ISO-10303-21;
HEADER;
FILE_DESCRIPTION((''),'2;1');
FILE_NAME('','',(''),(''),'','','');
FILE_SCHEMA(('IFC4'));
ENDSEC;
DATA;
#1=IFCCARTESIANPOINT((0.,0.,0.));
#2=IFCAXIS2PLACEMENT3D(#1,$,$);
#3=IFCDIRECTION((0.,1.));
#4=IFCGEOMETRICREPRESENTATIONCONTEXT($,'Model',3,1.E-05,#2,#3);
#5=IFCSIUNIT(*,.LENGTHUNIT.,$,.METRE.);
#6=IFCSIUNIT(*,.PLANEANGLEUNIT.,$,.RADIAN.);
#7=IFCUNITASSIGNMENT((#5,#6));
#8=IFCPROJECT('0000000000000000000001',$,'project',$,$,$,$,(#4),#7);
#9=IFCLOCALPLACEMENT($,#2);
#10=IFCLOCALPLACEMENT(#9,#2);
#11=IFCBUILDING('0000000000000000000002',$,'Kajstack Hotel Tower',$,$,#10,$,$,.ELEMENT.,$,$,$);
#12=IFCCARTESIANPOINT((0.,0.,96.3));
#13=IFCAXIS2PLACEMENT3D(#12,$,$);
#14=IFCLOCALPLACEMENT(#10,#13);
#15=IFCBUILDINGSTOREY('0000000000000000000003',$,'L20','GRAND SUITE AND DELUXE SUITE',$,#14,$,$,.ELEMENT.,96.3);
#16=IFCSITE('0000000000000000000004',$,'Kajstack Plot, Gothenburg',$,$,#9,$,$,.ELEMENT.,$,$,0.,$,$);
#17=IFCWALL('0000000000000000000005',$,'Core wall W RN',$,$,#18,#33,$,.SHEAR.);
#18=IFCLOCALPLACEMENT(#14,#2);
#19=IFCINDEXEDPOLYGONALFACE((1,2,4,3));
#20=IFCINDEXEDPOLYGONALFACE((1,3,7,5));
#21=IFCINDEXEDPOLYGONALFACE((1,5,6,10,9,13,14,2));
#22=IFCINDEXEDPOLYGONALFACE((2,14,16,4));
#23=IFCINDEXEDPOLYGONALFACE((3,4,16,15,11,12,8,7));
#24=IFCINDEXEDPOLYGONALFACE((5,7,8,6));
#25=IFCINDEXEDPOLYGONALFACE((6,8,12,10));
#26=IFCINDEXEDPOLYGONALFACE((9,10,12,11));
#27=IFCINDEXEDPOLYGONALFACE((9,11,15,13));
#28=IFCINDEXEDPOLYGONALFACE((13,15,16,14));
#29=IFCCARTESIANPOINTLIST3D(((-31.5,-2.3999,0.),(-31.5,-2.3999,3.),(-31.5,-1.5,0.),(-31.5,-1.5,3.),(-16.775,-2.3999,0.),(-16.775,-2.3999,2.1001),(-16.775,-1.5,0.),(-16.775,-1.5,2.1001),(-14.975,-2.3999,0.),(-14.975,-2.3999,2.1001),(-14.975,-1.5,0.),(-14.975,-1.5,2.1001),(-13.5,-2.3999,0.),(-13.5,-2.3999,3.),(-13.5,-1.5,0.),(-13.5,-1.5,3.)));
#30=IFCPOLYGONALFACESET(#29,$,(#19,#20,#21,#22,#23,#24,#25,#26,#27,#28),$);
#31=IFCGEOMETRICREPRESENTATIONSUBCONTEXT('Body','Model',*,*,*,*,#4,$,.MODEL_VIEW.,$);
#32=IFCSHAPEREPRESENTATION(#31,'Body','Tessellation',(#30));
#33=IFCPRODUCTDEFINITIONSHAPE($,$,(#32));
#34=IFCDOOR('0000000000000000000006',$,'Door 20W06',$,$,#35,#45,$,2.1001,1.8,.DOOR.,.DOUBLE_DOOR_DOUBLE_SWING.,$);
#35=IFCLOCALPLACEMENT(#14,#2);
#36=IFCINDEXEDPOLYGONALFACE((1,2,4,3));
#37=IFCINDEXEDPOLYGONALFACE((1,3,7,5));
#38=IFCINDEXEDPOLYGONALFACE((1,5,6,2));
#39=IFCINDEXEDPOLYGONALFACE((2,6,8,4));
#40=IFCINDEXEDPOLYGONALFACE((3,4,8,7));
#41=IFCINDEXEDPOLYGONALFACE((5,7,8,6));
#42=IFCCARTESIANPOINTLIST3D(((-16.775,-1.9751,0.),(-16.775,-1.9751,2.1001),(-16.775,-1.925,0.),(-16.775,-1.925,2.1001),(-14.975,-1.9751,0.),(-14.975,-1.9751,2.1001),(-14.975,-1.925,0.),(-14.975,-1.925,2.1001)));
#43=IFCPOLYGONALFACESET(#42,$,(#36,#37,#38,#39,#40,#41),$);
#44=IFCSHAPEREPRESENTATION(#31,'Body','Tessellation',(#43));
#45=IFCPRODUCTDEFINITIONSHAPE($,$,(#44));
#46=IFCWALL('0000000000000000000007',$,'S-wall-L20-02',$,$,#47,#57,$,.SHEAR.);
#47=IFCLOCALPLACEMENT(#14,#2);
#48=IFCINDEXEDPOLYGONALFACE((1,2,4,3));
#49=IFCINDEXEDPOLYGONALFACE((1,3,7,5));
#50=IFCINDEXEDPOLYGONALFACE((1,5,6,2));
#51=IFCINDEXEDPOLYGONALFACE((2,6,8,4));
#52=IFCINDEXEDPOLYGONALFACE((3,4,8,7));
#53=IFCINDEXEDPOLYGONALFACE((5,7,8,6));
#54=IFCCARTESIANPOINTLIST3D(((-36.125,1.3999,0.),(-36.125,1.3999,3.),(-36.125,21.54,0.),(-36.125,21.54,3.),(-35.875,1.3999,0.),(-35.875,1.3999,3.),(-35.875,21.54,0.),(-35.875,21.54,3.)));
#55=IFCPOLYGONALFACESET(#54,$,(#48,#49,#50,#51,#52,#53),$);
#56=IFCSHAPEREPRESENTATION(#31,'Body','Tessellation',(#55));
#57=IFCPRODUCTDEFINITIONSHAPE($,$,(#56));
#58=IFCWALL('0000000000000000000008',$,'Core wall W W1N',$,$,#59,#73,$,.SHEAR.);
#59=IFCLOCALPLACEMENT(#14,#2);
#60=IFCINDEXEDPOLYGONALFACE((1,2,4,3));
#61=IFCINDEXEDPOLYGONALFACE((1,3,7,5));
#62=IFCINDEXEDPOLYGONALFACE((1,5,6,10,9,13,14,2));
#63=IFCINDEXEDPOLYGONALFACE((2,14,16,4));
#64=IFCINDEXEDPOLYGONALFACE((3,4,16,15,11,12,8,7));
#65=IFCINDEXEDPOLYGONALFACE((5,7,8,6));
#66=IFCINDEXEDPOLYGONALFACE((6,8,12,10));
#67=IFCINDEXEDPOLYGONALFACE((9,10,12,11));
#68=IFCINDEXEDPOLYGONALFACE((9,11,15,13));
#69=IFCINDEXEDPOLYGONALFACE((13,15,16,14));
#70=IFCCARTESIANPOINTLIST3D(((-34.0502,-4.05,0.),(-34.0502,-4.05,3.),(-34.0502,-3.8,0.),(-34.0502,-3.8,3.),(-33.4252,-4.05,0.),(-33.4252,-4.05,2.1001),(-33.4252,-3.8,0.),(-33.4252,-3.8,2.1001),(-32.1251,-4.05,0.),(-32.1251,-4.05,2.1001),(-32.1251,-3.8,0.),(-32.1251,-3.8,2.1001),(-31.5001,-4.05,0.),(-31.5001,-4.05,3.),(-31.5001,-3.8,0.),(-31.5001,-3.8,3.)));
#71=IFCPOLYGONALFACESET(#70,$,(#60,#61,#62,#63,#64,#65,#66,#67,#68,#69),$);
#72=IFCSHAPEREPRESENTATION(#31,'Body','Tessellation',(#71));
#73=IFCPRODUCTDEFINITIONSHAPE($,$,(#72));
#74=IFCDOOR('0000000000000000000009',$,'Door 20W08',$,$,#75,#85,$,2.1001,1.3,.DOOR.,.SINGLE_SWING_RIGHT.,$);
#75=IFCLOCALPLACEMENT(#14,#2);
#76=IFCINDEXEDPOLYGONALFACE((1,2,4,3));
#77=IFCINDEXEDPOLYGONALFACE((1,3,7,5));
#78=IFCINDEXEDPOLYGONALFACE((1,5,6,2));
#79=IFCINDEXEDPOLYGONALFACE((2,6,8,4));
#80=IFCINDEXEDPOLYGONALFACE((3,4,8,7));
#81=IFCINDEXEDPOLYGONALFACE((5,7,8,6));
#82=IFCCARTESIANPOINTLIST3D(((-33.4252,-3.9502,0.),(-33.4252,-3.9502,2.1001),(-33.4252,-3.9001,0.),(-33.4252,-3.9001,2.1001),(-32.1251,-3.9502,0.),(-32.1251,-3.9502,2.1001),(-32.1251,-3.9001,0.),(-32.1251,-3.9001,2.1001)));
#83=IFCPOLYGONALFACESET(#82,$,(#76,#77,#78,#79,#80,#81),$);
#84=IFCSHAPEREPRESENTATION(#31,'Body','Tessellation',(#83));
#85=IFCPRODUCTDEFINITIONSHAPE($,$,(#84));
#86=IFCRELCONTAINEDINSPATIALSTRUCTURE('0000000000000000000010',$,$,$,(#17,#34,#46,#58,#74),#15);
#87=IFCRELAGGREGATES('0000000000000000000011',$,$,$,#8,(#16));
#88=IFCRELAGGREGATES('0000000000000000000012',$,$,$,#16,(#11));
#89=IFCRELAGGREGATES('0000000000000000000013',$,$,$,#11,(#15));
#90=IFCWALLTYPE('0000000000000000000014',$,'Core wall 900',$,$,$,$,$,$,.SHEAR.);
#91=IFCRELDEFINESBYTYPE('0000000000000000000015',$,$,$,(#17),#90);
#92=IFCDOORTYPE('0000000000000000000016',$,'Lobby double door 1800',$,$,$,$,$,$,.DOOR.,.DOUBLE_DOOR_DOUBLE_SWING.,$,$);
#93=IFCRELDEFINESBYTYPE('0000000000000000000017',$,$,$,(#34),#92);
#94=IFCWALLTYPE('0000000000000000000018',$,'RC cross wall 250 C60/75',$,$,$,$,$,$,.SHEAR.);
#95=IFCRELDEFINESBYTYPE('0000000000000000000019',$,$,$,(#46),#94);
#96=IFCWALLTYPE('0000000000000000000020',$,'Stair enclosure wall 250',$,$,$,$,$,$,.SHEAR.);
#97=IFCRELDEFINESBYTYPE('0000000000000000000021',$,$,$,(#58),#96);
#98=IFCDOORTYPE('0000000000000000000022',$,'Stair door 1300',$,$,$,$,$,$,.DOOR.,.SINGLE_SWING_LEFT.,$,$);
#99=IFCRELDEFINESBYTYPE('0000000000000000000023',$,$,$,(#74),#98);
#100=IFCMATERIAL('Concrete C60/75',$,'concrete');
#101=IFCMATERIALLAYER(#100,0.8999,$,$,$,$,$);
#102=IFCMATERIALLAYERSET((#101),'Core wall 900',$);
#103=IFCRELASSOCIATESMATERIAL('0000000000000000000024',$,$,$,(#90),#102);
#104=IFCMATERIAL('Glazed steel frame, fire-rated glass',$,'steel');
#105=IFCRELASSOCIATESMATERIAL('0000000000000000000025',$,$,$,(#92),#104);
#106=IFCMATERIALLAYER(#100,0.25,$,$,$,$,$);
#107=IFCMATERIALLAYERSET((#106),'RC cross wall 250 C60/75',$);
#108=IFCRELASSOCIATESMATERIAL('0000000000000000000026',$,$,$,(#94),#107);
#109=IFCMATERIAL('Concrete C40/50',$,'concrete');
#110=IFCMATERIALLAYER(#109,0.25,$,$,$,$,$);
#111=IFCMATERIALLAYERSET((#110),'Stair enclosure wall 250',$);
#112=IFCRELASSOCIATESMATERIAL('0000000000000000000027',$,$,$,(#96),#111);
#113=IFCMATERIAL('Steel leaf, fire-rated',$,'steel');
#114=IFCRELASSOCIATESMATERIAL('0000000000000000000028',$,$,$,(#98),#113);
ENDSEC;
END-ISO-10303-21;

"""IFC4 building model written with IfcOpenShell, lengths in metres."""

from ifc_helpers import new_model, si_unit, direction, frame, frame_2d, origin, place, context, subcontext, project, spatial, rectangle, extrude, material, layer, layer_set, type_object, element, fill, save


model = new_model("IFC4")

# Units and contexts
model_context = context("Model", 3, precision=1e-05, world=origin(), true_north=direction((0.0, 1.0)))
body_context = subcontext(model_context, "Body", "Model", "MODEL_VIEW")
ifc_project = project(units=[si_unit("LENGTHUNIT", "METRE"), si_unit("PLANEANGLEUNIT", "RADIAN")], contexts=[model_context])

# Site, building, storey
site_placement = place(None, origin())
site = spatial("IfcSite", under=ifc_project, at=site_placement, Name="Kajstack Plot, Gothenburg", CompositionType="ELEMENT", RefElevation=0.0)
building_placement = place(site_placement, origin())
building = spatial("IfcBuilding", under=site, at=building_placement, Name="Kajstack Hotel Tower", CompositionType="ELEMENT")
storey_placement = place(building_placement, frame((0.0, 0.0, 96.3)))
storey = spatial("IfcBuildingStorey", under=building, at=storey_placement, Name="L20", Description="GRAND SUITE AND DELUXE SUITE", CompositionType="ELEMENT", Elevation=96.3)

# Wall, opening, door
ifc_material_1 = material(Name="Concrete C60/75", Category="concrete")
ifc_layer_1 = layer(ifc_material_1, 0.8999)
ifc_layer_set_1 = layer_set([ifc_layer_1], Name="Core wall 900")
wall_type_1 = type_object("IfcWallType", Name="Core wall 900", PredefinedType="SHEAR", material=ifc_layer_set_1)
wall_1_placement = place(storey_placement, frame((-31.5, -1.95, 0.0), z_axis=(0.0, 0.0, 1.0), x_axis=(1.0, 0.0, 0.0)))
wall_1 = element("IfcWall", 1, at=wall_1_placement, inside=storey, type_object=wall_type_1, Name="Core wall W RN", PredefinedType="SHEAR", context=body_context, shape_type="SweptSolid", body=[
    extrude(rectangle(XDim=18.0, YDim=0.8999, at=frame_2d((9.0, 0.0))), origin(), (0.0, 0.0, 1.0), 3.0),
])
opening_1_placement = place(wall_1_placement, frame((14.7251, 0.0, 0.0)))
opening_1 = element("IfcOpeningElement", 2, at=opening_1_placement, cuts=wall_1, PredefinedType="OPENING", context=body_context, shape_type="SweptSolid", body=[
    extrude(rectangle(XDim=1.8, YDim=2.1001, at=frame_2d((0.8999, 1.05))), frame((0.0, 0.46, 0.0), z_axis=(0.0, -1.0, 0.0), x_axis=(1.0, 0.0, 0.0)), (0.0, 0.0, 1.0), 0.9199),
])
ifc_material_2 = material(Name="Glazed steel frame, fire-rated glass", Category="steel")
door_type_1 = type_object("IfcDoorType", Name="Lobby double door 1800", OperationType="DOUBLE_DOOR_DOUBLE_SWING", PredefinedType="DOOR", material=ifc_material_2)
door_1_placement = place(opening_1_placement, origin())
door_1 = element("IfcDoor", 3, at=door_1_placement, inside=storey, type_object=door_type_1, Name="Door 20W06", OperationType="DOUBLE_DOOR_DOUBLE_SWING", OverallHeight=2.1001, OverallWidth=1.8, PredefinedType="DOOR", context=body_context, shape_type="SweptSolid", body=[
    extrude(rectangle(XDim=1.8, YDim=2.1001, at=frame_2d((0.8999, 1.05))), frame((0.0, 0.0249, 0.0), z_axis=(0.0, -1.0, 0.0), x_axis=(1.0, 0.0, 0.0)), (0.0, 0.0, 1.0), 0.05),
])
fill(opening_1, door_1)

# Wall
ifc_layer_2 = layer(ifc_material_1, 0.25)
ifc_layer_set_2 = layer_set([ifc_layer_2], Name="RC cross wall 250 C60/75")
wall_type_2 = type_object("IfcWallType", Name="RC cross wall 250 C60/75", PredefinedType="SHEAR", material=ifc_layer_set_2)
wall_2_placement = place(storey_placement, frame((-36.0, 1.3999, 0.0), z_axis=(0.0, 0.0, 1.0), x_axis=(0.0, 1.0, 0.0)))
element("IfcWall", 4, at=wall_2_placement, inside=storey, type_object=wall_type_2, Name="S-wall-L20-02", PredefinedType="SHEAR", context=body_context, shape_type="SweptSolid", body=[
    extrude(rectangle(XDim=20.1401, YDim=0.25, at=frame_2d((10.0701, 0.0))), origin(), (0.0, 0.0, 1.0), 3.0),
])

# Wall, opening, door
ifc_material_3 = material(Name="Concrete C40/50", Category="concrete")
ifc_layer_3 = layer(ifc_material_3, 0.25)
ifc_layer_set_3 = layer_set([ifc_layer_3], Name="Stair enclosure wall 250")
wall_type_3 = type_object("IfcWallType", Name="Stair enclosure wall 250", PredefinedType="SHEAR", material=ifc_layer_set_3)
wall_3_placement = place(storey_placement, frame((-34.05, -3.925, 0.0), z_axis=(0.0, 0.0, 1.0), x_axis=(1.0, 0.0, 0.0)))
wall_3 = element("IfcWall", 5, at=wall_3_placement, inside=storey, type_object=wall_type_3, Name="Core wall W W1N", PredefinedType="SHEAR", context=body_context, shape_type="SweptSolid", body=[
    extrude(rectangle(XDim=2.55, YDim=0.25, at=frame_2d((1.2749, 0.0))), origin(), (0.0, 0.0, 1.0), 3.0),
])
opening_2_placement = place(wall_3_placement, frame((0.625, 0.0, 0.0)))
opening_2 = element("IfcOpeningElement", 6, at=opening_2_placement, cuts=wall_3, PredefinedType="OPENING", context=body_context, shape_type="SweptSolid", body=[
    extrude(rectangle(XDim=1.3, YDim=2.1001, at=frame_2d((0.6499, 1.05))), frame((0.0, 0.135, 0.0), z_axis=(0.0, -1.0, 0.0), x_axis=(1.0, 0.0, 0.0)), (0.0, 0.0, 1.0), 0.27),
])
ifc_material_4 = material(Name="Steel leaf, fire-rated", Category="steel")
door_type_2 = type_object("IfcDoorType", Name="Stair door 1300", OperationType="SINGLE_SWING_LEFT", PredefinedType="DOOR", material=ifc_material_4)
door_2_placement = place(opening_2_placement, origin())
door_2 = element("IfcDoor", 7, at=door_2_placement, inside=storey, type_object=door_type_2, Name="Door 20W08", OperationType="SINGLE_SWING_RIGHT", OverallHeight=2.1001, OverallWidth=1.3, PredefinedType="DOOR", context=body_context, shape_type="SweptSolid", body=[
    extrude(rectangle(XDim=1.3, YDim=2.1001, at=frame_2d((0.6499, 1.05))), frame((0.0, 0.0249, 0.0), z_axis=(0.0, -1.0, 0.0), x_axis=(1.0, 0.0, 0.0)), (0.0, 0.0, 1.0), 0.05),
])
fill(opening_2, door_2)

save(model, "model.ifc")
